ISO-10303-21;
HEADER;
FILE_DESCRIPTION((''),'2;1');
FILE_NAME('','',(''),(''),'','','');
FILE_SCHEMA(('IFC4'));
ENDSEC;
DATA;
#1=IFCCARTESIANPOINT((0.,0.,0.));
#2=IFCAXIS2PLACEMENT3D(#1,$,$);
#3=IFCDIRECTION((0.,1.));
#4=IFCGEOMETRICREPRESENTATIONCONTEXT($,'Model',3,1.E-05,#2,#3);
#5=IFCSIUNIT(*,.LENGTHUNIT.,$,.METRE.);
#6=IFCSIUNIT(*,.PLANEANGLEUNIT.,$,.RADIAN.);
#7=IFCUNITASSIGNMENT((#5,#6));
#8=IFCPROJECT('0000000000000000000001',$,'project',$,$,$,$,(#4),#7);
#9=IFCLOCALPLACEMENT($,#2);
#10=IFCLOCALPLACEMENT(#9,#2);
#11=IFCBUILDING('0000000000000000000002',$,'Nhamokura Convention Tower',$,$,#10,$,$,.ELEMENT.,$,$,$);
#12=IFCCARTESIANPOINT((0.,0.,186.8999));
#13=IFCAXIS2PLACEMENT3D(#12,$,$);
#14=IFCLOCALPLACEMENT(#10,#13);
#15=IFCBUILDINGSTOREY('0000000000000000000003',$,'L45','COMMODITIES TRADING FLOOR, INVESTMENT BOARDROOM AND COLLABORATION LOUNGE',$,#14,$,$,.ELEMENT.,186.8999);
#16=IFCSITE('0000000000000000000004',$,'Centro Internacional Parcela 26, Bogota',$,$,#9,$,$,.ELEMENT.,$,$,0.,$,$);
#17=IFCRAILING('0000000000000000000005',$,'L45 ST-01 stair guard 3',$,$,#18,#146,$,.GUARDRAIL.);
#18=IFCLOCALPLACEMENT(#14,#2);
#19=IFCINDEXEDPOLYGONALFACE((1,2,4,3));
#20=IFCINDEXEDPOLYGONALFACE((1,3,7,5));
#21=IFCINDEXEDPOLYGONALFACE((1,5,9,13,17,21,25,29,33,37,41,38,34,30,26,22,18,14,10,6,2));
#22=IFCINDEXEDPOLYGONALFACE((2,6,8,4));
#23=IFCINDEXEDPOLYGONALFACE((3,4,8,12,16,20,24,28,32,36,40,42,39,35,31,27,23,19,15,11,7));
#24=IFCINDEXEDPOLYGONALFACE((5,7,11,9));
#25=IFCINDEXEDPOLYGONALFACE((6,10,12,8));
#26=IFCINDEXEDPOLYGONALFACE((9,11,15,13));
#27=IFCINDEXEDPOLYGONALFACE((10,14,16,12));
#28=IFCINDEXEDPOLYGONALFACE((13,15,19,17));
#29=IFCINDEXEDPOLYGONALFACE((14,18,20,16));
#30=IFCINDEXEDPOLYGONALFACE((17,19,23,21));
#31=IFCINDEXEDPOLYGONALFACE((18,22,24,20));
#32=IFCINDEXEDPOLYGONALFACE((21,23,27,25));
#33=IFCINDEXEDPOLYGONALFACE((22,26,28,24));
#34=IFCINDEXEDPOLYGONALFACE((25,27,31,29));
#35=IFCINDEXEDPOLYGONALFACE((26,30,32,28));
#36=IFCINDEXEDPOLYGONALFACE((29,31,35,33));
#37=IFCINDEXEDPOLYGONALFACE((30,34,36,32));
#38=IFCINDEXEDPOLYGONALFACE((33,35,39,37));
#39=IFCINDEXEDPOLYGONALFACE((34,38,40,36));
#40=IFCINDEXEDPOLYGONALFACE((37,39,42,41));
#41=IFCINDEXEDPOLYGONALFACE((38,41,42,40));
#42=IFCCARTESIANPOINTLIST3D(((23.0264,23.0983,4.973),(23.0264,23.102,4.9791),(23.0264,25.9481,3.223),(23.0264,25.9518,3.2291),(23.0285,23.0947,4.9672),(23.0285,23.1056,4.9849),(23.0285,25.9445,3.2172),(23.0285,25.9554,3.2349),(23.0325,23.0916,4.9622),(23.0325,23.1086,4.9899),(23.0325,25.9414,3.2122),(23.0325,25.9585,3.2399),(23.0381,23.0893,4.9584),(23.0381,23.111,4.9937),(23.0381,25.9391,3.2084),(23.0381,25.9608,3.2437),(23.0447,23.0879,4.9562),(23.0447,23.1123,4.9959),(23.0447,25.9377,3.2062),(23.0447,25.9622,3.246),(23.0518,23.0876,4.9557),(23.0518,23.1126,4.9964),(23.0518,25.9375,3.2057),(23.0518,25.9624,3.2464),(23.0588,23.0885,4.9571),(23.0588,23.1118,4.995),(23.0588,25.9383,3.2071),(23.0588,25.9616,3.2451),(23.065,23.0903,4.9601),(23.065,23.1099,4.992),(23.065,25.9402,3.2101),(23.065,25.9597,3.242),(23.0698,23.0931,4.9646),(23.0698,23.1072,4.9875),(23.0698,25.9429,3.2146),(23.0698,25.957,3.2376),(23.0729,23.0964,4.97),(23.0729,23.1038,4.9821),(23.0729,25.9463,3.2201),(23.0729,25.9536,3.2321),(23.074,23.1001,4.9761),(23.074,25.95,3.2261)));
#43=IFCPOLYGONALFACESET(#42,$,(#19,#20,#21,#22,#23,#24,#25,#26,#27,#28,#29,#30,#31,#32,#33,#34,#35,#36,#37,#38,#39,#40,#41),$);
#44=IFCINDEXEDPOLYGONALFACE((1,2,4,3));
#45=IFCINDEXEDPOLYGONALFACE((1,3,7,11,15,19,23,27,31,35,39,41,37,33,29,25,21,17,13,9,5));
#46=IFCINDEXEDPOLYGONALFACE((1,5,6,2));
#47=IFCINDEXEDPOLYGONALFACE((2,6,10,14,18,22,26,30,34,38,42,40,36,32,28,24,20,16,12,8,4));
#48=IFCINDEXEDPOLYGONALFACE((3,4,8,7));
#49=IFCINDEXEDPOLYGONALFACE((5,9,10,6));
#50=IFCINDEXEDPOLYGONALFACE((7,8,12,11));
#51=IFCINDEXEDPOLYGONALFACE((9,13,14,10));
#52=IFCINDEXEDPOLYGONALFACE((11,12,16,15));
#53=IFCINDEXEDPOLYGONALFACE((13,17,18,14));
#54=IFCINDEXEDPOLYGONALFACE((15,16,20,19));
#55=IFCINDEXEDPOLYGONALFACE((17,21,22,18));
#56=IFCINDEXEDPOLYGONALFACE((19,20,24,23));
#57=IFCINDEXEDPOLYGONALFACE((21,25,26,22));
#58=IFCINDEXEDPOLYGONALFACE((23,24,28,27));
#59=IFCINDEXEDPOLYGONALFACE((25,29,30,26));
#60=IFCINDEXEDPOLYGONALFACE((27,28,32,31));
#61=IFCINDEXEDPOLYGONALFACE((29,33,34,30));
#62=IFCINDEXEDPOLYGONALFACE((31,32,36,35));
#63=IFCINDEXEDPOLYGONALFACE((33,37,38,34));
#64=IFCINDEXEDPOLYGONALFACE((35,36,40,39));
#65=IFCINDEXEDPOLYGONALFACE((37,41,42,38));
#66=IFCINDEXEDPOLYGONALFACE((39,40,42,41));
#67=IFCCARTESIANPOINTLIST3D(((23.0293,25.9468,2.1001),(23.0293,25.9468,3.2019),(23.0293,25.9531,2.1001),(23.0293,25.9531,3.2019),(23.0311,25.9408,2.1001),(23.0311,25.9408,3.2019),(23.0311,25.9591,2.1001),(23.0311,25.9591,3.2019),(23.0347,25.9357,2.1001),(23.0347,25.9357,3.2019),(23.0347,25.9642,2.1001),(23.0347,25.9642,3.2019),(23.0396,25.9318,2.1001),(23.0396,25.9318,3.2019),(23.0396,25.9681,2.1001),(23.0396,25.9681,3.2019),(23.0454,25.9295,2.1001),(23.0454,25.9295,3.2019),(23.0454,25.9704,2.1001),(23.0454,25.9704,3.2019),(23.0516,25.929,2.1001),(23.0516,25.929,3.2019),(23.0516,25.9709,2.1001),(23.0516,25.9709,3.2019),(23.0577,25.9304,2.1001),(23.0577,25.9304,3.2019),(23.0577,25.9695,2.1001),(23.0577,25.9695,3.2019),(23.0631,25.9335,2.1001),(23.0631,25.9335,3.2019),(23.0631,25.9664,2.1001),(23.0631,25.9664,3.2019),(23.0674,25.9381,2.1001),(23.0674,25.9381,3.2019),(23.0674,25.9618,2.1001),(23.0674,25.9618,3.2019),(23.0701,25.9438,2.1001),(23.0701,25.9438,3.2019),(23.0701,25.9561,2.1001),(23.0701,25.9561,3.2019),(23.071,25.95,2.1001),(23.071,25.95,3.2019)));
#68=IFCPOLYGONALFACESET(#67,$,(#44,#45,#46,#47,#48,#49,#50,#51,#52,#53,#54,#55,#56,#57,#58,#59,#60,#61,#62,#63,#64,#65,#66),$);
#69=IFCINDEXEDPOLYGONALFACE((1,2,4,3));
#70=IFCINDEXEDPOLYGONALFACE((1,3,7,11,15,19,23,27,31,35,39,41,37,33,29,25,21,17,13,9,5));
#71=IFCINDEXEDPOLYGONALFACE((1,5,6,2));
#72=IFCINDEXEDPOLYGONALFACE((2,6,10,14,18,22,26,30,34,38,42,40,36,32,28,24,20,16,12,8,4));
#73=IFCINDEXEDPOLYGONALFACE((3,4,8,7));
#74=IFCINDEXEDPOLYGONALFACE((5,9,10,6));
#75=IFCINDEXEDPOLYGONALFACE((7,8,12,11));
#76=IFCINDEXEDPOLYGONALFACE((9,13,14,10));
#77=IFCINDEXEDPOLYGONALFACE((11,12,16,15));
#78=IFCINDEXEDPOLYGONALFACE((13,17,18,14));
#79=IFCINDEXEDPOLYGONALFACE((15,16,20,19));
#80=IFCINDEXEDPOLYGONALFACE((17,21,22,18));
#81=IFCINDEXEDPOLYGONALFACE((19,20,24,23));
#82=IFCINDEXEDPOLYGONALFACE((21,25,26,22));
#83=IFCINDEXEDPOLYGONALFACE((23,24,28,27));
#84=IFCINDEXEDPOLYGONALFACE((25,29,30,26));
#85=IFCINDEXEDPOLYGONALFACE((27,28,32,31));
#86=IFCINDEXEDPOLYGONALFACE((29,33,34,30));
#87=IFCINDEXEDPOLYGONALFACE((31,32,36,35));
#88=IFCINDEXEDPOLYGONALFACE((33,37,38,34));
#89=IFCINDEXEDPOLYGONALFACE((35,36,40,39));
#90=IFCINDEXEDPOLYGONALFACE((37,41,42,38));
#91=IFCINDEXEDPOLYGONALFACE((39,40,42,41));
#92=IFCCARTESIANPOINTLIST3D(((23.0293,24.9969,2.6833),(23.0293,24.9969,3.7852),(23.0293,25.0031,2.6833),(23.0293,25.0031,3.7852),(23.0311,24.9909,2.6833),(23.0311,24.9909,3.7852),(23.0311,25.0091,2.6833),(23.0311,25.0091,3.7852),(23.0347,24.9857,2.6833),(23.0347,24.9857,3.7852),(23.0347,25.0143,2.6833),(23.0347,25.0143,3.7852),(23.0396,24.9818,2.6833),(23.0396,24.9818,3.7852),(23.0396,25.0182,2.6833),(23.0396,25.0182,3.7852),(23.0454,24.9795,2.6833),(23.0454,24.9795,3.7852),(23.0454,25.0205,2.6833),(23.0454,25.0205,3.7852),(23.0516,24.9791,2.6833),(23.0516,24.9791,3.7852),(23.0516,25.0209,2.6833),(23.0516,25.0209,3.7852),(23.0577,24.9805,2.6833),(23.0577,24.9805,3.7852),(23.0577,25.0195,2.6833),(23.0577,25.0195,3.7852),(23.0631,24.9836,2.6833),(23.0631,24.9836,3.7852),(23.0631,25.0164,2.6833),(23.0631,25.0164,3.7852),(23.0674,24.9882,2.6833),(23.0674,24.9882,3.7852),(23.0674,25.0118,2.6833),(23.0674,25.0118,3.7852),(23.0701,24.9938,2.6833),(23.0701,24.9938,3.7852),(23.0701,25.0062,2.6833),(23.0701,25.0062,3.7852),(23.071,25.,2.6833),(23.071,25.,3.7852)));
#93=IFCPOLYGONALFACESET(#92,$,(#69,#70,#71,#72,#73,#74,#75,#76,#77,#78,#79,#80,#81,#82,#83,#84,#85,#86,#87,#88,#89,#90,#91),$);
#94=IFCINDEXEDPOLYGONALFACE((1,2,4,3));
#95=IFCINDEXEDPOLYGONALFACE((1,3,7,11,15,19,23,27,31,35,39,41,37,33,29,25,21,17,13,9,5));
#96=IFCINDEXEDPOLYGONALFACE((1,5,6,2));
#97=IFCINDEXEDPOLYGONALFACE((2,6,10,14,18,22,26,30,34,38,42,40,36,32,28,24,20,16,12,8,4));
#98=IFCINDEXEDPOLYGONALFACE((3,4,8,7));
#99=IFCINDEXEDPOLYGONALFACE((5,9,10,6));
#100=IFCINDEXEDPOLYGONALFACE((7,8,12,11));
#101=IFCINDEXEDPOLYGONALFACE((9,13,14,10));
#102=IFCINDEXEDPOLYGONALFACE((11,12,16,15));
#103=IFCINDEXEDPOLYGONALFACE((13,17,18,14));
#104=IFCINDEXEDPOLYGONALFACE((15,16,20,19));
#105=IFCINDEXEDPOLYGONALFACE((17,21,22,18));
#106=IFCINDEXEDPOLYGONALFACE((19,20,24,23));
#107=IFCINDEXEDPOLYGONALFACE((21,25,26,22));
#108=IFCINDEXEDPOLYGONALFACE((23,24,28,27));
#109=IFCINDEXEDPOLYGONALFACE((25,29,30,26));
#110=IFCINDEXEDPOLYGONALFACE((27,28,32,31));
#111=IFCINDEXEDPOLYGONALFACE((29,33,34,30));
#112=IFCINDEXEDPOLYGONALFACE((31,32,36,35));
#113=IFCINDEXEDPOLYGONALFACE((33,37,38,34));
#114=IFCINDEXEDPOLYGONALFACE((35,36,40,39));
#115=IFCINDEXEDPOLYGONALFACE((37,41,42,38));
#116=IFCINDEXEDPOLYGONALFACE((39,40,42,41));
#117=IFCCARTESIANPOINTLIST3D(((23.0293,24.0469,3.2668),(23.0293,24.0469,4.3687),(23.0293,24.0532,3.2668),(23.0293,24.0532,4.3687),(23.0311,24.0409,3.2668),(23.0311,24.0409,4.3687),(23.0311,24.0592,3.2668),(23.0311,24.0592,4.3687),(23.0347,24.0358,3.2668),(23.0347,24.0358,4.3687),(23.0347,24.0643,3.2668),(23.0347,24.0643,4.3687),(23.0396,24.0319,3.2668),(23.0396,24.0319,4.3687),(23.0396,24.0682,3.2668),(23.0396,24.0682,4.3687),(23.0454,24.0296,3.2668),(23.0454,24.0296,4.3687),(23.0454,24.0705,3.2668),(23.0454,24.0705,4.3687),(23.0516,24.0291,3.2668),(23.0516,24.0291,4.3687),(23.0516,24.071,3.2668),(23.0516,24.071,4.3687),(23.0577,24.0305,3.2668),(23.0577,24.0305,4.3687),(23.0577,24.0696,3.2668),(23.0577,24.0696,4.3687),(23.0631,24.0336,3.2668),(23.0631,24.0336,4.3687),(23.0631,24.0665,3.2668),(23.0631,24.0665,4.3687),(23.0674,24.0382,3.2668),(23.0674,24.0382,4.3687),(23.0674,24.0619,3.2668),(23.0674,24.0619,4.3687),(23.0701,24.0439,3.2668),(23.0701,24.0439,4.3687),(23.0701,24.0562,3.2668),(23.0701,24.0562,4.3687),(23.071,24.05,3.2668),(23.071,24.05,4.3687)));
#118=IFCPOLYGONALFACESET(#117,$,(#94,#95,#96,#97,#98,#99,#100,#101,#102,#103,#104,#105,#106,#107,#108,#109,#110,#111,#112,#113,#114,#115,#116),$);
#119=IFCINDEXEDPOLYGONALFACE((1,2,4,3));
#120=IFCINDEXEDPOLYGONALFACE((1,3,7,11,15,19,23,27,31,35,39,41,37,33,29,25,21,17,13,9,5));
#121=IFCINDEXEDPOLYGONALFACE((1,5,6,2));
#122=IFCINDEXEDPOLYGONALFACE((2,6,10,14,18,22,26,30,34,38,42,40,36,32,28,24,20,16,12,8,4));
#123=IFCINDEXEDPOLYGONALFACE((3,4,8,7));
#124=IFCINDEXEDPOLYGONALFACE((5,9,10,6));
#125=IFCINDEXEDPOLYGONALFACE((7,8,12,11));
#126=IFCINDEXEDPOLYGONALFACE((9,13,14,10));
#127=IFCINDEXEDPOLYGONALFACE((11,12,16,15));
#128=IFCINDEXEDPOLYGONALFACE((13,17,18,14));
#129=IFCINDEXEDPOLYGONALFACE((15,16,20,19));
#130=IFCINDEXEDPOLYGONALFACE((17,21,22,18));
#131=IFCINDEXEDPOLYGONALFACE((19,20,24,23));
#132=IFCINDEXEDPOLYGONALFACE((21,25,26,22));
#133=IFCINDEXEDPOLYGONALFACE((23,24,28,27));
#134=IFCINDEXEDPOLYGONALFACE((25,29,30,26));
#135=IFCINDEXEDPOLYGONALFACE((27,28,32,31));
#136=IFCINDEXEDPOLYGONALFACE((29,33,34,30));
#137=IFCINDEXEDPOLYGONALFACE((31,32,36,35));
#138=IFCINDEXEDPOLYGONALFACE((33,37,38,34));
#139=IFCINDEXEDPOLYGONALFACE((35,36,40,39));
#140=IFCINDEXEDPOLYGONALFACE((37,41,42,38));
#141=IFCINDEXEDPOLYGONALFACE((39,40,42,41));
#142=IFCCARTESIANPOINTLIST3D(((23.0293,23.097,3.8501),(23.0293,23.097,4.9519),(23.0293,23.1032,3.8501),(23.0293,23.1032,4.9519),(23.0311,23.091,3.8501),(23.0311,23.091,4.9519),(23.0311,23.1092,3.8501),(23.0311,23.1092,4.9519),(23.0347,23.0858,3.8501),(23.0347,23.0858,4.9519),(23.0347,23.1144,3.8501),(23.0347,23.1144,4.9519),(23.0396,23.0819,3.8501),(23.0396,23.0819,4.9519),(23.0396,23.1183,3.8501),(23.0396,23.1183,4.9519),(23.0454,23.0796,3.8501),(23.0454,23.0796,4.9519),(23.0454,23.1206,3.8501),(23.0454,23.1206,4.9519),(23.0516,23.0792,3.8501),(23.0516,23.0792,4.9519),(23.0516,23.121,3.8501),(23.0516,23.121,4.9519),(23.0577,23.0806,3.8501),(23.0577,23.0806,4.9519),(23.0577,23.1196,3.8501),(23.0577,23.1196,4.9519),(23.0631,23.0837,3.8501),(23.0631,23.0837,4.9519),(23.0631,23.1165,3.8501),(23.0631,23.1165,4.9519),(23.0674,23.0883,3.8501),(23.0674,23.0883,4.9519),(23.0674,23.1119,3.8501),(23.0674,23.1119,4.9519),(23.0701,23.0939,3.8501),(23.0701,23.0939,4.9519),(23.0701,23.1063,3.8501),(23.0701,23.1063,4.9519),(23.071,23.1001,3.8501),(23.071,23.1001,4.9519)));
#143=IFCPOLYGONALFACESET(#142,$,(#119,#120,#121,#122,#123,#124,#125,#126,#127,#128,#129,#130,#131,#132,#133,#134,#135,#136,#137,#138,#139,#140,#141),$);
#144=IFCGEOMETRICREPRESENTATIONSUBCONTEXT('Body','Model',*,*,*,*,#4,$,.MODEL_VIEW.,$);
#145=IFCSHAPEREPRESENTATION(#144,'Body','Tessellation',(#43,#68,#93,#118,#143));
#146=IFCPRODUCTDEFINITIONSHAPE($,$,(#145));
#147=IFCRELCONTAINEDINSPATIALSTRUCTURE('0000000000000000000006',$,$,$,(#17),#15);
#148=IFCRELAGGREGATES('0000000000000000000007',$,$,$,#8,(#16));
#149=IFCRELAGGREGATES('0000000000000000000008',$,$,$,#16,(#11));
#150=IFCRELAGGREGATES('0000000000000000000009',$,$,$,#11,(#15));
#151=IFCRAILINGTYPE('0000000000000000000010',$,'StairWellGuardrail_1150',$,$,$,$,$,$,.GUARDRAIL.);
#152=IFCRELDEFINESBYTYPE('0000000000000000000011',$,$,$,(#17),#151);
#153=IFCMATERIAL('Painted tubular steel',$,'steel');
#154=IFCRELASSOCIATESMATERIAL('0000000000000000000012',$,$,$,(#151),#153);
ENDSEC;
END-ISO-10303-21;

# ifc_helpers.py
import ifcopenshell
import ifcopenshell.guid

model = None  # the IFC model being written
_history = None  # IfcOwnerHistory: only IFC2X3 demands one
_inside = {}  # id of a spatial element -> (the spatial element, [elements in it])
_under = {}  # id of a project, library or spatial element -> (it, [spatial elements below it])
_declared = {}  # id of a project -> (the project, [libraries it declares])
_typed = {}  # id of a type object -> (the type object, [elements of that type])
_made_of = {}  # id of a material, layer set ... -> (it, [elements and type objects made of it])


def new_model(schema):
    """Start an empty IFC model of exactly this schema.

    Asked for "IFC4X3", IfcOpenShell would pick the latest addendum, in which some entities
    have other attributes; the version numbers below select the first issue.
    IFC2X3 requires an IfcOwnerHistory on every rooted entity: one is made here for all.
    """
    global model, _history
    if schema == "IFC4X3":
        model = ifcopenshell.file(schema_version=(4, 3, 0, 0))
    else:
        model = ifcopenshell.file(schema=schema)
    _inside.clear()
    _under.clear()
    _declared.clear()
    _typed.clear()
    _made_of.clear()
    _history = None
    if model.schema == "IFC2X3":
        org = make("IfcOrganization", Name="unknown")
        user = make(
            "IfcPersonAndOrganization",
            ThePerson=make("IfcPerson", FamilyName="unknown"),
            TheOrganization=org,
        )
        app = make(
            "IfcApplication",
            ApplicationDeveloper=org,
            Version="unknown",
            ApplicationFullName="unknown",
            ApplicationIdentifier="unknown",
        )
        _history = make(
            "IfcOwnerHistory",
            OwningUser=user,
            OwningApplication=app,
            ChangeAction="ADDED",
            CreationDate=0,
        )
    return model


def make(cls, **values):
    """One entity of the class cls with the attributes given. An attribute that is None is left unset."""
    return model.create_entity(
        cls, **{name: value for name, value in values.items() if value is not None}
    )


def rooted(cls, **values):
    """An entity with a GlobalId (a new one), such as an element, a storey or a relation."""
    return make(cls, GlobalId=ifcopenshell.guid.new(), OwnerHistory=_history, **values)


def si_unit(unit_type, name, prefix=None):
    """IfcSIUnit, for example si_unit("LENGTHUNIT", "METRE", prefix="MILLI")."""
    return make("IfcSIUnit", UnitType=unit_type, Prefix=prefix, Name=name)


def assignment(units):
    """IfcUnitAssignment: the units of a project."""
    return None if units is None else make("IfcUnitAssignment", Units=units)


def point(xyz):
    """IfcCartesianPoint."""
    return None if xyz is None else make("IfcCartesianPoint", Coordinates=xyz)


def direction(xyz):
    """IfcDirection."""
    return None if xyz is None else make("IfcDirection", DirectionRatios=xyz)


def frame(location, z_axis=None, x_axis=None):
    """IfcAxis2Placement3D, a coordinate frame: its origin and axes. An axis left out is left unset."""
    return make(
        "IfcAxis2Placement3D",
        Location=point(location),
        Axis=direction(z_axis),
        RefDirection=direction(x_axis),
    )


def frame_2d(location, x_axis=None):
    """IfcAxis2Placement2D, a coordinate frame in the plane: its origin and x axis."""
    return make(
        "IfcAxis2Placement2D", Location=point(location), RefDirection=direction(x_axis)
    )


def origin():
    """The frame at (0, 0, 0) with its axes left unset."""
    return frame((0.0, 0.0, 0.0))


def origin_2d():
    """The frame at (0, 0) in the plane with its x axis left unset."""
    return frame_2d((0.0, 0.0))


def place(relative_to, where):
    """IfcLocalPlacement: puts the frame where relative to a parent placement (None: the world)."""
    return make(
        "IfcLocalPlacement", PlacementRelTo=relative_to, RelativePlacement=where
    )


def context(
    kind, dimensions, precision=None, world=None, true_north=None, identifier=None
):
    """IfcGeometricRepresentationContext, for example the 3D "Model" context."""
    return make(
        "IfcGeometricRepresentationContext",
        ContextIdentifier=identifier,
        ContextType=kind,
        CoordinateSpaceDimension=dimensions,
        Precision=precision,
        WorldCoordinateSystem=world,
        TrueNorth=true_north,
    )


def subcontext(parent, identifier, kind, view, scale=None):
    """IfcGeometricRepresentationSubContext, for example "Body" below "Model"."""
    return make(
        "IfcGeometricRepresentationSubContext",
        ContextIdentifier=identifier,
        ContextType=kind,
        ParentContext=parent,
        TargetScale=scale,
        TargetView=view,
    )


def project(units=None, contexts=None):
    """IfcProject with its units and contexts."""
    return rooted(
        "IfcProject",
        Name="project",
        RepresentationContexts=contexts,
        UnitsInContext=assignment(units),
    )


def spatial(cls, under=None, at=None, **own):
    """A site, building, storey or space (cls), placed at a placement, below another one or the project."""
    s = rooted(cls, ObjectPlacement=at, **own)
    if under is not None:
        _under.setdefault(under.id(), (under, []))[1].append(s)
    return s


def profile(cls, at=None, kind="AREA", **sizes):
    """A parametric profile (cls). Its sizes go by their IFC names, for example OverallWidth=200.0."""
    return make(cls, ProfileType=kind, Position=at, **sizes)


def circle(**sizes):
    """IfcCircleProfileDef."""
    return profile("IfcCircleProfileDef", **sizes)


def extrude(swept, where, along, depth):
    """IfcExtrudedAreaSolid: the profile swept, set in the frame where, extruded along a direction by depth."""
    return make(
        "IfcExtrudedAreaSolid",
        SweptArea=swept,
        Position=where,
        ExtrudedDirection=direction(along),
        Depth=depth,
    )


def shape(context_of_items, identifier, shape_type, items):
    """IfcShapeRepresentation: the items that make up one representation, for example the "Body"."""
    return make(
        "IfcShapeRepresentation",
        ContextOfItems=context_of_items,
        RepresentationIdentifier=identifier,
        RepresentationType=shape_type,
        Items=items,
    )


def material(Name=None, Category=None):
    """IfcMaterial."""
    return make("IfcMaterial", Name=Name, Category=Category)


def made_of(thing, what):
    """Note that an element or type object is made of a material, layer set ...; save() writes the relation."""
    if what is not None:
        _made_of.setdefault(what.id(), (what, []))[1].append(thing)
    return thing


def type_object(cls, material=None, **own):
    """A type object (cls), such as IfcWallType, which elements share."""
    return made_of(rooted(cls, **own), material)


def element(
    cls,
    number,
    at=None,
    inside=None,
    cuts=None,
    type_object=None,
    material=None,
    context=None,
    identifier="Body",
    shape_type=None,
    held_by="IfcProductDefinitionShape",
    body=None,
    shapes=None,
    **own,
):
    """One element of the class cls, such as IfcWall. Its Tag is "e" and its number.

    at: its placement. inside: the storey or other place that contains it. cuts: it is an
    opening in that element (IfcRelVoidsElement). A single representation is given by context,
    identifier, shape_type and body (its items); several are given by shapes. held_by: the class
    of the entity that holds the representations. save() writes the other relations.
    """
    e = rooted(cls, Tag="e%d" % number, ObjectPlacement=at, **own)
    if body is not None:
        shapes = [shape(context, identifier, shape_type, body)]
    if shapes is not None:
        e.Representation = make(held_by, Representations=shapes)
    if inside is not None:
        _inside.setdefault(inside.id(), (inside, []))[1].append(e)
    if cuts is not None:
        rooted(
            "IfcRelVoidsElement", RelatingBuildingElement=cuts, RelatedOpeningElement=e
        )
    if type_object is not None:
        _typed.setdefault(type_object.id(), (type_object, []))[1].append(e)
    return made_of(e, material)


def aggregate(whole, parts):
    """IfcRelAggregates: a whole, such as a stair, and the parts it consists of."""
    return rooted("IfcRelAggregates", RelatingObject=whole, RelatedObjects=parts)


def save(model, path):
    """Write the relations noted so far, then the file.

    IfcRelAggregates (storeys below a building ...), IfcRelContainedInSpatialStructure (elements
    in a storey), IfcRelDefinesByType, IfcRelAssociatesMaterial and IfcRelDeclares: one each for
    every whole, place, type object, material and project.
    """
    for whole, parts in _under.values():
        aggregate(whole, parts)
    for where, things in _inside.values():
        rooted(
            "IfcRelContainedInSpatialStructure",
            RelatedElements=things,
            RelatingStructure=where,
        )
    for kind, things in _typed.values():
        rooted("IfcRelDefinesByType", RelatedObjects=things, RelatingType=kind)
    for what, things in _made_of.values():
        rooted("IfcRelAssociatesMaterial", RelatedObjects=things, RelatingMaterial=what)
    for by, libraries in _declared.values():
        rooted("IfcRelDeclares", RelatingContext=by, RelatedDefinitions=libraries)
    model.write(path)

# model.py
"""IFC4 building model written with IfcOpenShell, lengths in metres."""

from ifc_helpers import new_model, si_unit, direction, frame, origin, origin_2d, place, context, subcontext, project, spatial, circle, extrude, material, type_object, element, save


model = new_model("IFC4")

# Units and contexts
model_context = context("Model", 3, precision=1e-05, world=origin(), true_north=direction((0.0, 1.0)))
body_context = subcontext(model_context, "Body", "Model", "MODEL_VIEW")
ifc_project = project(units=[si_unit("LENGTHUNIT", "METRE"), si_unit("PLANEANGLEUNIT", "RADIAN")], contexts=[model_context])

# Site, building, storey
site_placement = place(None, origin())
site = spatial("IfcSite", under=ifc_project, at=site_placement, Name="Centro Internacional Parcela 26, Bogota", CompositionType="ELEMENT", RefElevation=0.0)
building_placement = place(site_placement, origin())
building = spatial("IfcBuilding", under=site, at=building_placement, Name="Nhamokura Convention Tower", CompositionType="ELEMENT")
storey_placement = place(building_placement, frame((0.0, 0.0, 186.8999)))
storey = spatial("IfcBuildingStorey", under=building, at=storey_placement, Name="L45", Description="COMMODITIES TRADING FLOOR, INVESTMENT BOARDROOM AND COLLABORATION LOUNGE", CompositionType="ELEMENT", Elevation=186.8999)

# Railing
ifc_material_1 = material(Name="Painted tubular steel", Category="steel")
railing_type_1 = type_object("IfcRailingType", Name="StairWellGuardrail_1150", PredefinedType="GUARDRAIL", material=ifc_material_1)
railing_1_placement = place(storey_placement, frame((23.05, 25.95, 2.1001)))
element("IfcRailing", 1, at=railing_1_placement, inside=storey, type_object=railing_type_1, Name="L45 ST-01 stair guard 3", PredefinedType="GUARDRAIL", context=body_context, shape_type="SweptSolid", body=[
    extrude(circle(Radius=0.0239, at=origin_2d()), frame((0.0, 0.0, 1.126), z_axis=(0.0, -0.852159, 0.523283), x_axis=(1.0, 0.0, 0.0)), (0.0, 0.0, 1.0), 3.3442),
    extrude(circle(Radius=0.021, at=origin_2d()), origin(), (0.0, 0.0, 1.0), 1.1018),
    extrude(circle(Radius=0.021, at=origin_2d()), frame((0.0, -0.95, 0.5833)), (0.0, 0.0, 1.0), 1.1018),
    extrude(circle(Radius=0.021, at=origin_2d()), frame((0.0, -1.8999, 1.1667)), (0.0, 0.0, 1.0), 1.1018),
    extrude(circle(Radius=0.021, at=origin_2d()), frame((0.0, -2.8499, 1.75)), (0.0, 0.0, 1.0), 1.1018),
])

save(model, "model.ifc")
